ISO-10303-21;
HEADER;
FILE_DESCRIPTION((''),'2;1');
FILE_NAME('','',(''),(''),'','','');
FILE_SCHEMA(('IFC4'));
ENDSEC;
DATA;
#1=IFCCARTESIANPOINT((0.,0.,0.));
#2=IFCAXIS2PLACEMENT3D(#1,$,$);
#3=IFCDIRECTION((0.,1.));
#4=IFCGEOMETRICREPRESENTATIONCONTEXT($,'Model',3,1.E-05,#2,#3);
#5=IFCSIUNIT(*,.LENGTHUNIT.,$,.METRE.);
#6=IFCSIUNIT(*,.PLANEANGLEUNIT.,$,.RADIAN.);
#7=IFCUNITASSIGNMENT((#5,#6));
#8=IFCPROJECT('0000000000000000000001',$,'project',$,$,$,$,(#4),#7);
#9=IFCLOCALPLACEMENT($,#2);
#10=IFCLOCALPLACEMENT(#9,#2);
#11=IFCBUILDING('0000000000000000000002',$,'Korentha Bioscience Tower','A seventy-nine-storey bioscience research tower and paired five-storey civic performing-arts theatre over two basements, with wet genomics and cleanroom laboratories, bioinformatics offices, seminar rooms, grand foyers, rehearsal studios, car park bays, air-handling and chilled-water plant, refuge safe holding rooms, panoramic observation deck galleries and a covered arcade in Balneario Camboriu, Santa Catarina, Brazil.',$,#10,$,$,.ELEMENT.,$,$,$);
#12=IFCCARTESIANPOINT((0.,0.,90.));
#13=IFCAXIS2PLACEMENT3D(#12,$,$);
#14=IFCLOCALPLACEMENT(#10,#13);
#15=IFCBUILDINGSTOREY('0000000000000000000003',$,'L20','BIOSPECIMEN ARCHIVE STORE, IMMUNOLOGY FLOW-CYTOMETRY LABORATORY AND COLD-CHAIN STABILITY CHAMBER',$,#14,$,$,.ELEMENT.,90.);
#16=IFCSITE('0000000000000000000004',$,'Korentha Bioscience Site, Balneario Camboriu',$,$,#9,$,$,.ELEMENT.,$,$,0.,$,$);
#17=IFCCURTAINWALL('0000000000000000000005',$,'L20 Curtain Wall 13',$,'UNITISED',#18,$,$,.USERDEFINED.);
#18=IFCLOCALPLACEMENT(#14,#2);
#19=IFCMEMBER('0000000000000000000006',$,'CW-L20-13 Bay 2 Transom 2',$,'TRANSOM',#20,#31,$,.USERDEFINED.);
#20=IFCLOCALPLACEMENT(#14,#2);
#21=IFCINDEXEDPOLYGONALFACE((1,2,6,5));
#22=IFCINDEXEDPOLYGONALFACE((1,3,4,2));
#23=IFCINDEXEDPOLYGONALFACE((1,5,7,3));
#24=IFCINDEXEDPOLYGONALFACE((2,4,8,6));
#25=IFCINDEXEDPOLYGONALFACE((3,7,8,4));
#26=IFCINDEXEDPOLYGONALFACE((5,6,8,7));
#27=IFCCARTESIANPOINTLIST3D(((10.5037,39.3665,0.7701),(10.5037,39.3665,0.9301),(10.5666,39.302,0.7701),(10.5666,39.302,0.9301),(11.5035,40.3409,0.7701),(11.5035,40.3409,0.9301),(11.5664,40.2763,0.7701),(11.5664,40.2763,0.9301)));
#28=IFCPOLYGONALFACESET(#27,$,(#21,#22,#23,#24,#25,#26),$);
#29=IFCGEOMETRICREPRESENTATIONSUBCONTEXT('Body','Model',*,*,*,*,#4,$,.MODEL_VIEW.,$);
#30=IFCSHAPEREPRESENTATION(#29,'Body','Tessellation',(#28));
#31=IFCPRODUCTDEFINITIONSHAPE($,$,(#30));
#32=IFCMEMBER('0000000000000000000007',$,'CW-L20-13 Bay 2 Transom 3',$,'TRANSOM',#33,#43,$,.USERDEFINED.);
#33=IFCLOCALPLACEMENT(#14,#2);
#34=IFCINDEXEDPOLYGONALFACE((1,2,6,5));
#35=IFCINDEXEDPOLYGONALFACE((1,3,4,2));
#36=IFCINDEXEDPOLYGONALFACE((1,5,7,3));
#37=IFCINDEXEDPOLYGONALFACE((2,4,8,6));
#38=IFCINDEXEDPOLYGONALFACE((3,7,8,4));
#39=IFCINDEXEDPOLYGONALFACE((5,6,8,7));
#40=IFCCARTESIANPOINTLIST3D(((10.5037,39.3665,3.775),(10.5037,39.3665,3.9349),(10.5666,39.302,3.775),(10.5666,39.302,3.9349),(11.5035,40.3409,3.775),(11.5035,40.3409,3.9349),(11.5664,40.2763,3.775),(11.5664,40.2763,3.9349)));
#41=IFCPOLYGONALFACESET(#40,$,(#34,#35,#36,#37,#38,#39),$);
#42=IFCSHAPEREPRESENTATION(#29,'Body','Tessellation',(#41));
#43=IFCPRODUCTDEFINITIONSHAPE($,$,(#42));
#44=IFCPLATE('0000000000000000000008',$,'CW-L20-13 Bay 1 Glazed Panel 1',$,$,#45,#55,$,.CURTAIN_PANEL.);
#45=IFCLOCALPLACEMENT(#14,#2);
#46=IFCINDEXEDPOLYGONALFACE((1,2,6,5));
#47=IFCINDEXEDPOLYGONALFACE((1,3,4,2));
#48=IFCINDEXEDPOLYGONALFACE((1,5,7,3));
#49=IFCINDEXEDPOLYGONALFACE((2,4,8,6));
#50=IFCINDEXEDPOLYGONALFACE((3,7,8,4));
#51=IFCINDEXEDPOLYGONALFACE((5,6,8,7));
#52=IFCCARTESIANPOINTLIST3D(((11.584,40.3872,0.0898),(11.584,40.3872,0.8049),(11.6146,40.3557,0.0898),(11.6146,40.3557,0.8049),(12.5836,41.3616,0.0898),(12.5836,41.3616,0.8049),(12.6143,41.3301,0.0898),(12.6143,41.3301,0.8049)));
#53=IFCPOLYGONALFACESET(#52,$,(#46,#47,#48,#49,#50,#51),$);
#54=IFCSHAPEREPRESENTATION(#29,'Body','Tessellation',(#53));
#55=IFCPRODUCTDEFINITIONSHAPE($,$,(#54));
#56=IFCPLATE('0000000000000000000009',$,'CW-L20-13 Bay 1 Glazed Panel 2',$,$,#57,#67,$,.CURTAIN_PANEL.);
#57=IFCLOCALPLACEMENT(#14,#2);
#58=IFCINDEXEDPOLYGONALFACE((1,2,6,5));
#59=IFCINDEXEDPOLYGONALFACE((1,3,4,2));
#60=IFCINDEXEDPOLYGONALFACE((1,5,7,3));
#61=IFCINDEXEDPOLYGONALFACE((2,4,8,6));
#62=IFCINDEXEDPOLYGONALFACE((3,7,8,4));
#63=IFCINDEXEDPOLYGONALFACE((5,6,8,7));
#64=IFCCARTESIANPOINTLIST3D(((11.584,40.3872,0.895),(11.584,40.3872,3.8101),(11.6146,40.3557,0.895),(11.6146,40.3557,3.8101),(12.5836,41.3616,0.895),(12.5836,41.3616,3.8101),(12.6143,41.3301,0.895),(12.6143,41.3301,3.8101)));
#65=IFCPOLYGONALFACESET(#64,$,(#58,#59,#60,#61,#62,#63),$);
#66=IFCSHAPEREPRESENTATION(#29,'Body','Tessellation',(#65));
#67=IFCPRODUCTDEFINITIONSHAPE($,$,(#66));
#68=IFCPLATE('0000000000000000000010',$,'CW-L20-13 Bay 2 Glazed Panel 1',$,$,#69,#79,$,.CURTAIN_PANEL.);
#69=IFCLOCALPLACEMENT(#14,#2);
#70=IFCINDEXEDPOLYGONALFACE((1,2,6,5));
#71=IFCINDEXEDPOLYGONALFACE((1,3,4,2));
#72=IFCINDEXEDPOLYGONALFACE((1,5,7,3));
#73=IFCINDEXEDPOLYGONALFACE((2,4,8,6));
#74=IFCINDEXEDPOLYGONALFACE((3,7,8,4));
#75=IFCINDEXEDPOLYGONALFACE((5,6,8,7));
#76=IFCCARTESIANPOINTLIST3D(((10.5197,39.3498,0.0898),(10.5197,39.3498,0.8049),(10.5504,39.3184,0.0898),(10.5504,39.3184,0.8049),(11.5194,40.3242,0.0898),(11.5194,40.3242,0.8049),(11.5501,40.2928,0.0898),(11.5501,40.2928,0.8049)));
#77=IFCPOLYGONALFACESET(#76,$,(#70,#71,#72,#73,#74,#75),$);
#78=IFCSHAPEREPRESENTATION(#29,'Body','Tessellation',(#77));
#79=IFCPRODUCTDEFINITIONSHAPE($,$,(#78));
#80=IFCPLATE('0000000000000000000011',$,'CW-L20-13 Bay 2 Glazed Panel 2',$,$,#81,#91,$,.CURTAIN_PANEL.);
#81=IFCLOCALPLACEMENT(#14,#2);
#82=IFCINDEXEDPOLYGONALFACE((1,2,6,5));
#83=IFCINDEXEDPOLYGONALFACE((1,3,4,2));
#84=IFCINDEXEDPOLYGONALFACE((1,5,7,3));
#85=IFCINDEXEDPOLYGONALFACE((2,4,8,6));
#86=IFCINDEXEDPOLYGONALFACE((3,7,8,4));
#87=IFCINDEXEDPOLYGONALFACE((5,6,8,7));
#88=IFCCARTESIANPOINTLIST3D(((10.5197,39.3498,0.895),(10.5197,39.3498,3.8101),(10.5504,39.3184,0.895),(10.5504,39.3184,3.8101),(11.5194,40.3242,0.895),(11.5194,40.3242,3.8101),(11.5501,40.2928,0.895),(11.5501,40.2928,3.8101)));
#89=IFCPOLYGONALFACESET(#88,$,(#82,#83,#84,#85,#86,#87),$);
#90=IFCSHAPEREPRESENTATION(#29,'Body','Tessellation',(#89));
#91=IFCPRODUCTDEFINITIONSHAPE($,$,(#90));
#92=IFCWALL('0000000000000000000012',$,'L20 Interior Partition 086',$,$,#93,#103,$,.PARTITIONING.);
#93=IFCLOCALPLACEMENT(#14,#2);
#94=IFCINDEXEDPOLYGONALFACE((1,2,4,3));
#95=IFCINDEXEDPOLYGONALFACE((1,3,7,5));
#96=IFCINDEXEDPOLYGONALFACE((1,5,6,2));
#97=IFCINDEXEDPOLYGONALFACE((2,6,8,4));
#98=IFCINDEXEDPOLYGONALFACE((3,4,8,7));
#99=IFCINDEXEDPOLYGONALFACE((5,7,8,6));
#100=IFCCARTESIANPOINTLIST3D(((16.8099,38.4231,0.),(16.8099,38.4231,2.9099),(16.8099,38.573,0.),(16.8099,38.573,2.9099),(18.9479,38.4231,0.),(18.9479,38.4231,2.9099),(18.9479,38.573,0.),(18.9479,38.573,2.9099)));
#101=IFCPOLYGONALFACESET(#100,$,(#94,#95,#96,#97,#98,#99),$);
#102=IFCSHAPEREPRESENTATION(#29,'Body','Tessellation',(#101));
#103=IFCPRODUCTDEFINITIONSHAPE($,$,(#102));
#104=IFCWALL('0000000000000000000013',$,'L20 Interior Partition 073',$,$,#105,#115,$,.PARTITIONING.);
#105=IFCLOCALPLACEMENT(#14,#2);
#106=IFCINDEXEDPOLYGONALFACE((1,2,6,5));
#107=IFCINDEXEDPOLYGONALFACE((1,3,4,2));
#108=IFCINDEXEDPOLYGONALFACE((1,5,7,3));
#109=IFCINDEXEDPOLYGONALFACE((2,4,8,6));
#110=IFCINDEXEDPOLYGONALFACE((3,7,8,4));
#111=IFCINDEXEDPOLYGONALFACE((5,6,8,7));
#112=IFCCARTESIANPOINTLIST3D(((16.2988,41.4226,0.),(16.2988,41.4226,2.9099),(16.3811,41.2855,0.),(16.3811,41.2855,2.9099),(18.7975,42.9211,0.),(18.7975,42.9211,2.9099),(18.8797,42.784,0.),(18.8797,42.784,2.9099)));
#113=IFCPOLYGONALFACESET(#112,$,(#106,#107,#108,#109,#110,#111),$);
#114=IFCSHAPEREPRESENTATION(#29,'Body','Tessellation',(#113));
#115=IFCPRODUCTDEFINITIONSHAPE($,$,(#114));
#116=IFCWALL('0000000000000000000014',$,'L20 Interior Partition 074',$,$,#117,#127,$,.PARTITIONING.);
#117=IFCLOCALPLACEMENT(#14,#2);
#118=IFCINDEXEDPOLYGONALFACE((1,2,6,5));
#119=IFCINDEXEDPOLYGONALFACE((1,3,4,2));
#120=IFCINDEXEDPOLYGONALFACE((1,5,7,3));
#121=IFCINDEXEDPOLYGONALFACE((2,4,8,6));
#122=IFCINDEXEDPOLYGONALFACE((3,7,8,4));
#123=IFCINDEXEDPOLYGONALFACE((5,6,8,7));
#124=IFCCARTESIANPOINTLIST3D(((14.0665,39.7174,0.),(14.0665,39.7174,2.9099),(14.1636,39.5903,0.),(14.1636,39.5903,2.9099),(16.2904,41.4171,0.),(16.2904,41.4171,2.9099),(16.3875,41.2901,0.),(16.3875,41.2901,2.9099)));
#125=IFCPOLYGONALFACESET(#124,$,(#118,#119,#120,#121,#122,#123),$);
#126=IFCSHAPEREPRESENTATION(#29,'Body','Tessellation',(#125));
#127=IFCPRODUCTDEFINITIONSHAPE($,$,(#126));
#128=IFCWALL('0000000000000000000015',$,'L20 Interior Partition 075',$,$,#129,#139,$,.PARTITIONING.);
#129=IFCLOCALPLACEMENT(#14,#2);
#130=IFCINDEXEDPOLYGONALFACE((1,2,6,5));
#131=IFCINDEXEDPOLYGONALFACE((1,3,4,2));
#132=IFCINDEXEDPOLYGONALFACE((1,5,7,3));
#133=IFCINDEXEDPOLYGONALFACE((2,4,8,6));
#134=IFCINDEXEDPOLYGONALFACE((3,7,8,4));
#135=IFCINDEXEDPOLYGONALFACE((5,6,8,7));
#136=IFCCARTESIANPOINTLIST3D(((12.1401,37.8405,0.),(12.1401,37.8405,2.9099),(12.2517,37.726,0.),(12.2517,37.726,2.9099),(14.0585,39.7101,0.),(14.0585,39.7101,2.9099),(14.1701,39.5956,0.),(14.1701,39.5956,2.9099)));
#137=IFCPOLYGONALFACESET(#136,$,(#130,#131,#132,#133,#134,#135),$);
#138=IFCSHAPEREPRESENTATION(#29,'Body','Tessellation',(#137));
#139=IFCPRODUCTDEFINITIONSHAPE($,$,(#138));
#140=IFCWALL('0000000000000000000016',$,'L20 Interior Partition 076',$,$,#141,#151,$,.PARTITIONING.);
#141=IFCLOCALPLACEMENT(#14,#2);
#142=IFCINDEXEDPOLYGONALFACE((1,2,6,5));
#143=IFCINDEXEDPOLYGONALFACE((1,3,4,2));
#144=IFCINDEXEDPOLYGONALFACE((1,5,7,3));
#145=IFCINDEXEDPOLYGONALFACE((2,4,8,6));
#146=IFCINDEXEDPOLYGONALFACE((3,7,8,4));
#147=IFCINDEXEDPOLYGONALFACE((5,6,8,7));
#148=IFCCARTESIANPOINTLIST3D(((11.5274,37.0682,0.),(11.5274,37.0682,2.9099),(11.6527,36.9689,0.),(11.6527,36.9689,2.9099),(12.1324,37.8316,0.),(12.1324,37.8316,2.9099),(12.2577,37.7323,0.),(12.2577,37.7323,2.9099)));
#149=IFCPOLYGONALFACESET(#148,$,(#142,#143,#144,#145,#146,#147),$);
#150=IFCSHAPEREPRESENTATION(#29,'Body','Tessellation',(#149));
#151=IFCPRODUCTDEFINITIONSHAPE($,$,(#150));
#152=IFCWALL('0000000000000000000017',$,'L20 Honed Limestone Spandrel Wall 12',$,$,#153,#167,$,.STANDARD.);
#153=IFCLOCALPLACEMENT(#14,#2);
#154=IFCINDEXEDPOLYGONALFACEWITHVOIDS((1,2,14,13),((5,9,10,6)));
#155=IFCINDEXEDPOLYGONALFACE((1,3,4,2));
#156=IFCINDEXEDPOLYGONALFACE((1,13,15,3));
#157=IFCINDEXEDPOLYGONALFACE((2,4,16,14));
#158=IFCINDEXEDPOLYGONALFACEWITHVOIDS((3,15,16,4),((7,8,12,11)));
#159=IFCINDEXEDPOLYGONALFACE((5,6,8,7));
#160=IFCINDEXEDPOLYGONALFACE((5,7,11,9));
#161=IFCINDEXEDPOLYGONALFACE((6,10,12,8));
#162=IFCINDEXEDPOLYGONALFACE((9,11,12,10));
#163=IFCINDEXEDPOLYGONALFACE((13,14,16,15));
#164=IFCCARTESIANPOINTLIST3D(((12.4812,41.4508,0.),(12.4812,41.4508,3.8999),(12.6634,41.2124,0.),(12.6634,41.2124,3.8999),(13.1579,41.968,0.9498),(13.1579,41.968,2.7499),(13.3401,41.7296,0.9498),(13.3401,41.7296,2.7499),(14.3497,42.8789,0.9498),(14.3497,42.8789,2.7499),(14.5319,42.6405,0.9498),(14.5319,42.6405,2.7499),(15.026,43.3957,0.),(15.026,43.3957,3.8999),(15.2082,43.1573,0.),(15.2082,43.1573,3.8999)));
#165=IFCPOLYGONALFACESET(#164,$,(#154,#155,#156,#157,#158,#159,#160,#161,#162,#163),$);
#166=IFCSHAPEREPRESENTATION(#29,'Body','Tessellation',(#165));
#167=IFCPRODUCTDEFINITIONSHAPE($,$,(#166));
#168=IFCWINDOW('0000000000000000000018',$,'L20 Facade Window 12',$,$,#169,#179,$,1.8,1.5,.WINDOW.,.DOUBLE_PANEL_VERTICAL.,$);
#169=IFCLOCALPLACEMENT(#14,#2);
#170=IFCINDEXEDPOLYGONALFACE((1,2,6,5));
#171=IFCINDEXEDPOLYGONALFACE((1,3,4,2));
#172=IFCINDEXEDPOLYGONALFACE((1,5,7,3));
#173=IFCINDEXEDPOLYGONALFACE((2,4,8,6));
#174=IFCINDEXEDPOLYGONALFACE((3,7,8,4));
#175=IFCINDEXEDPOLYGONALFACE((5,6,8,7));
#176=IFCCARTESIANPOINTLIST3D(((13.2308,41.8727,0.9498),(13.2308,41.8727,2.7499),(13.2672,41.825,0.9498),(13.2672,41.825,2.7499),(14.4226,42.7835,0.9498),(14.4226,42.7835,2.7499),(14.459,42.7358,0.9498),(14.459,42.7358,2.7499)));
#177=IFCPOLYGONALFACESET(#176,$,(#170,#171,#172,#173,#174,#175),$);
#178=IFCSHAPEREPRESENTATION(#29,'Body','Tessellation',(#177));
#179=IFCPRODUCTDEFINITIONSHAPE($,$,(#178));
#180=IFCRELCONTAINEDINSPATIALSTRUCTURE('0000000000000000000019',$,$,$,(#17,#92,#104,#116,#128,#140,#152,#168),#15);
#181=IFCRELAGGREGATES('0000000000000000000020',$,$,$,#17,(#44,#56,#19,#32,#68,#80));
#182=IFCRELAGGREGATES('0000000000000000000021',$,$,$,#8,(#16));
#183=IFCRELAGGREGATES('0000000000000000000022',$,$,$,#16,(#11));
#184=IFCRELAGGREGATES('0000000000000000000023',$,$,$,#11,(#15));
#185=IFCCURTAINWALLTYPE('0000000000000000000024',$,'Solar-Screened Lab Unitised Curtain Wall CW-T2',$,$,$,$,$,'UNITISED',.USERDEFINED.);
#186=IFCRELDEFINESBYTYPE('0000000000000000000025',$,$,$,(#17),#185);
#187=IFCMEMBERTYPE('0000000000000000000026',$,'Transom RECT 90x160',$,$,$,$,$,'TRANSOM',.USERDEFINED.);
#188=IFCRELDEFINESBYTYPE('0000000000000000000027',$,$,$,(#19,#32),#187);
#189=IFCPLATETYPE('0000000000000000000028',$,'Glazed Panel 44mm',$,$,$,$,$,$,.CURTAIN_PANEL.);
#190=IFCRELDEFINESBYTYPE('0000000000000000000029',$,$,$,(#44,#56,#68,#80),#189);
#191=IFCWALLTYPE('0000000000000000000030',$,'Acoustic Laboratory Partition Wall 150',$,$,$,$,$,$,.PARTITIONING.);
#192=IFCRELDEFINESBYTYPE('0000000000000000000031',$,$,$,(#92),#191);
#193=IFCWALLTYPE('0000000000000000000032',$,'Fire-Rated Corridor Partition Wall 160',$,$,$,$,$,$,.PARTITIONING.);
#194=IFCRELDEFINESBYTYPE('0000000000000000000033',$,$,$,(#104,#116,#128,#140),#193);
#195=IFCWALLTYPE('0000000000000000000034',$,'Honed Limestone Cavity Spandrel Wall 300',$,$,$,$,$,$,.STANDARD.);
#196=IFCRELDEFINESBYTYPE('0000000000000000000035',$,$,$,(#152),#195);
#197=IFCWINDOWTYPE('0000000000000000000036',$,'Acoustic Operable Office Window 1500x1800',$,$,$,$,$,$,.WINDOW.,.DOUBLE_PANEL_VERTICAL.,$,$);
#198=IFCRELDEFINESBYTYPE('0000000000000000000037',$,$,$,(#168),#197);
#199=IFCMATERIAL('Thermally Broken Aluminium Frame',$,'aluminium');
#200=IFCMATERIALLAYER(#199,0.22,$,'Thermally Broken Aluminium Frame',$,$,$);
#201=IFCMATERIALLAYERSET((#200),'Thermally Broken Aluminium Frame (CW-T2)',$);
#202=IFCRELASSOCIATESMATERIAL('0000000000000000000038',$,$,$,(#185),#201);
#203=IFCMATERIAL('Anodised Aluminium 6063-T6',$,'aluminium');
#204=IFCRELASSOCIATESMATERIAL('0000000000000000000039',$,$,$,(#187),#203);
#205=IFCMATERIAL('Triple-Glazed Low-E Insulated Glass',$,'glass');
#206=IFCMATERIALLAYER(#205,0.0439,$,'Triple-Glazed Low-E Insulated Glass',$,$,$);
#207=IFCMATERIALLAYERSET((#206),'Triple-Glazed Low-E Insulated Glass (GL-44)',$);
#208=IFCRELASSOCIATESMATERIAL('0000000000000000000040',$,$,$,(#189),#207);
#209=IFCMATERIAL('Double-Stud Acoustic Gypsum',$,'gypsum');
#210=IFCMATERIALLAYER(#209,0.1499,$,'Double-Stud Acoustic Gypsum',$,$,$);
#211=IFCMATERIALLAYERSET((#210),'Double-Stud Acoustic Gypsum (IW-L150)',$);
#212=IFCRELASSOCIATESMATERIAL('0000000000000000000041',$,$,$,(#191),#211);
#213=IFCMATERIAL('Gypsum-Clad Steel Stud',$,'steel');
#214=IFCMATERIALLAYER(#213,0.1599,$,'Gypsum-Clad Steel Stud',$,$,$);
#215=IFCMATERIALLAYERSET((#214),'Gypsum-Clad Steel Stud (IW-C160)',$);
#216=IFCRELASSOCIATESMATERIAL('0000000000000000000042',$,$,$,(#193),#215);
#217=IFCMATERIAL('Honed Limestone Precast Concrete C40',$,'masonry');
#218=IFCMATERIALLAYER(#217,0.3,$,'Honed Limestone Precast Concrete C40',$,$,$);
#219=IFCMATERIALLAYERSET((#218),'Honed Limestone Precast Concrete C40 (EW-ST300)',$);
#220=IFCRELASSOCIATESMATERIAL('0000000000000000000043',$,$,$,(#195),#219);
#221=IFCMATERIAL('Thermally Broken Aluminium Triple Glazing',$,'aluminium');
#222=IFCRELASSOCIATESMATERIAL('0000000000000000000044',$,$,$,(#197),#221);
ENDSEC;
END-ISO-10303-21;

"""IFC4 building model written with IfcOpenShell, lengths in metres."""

from ifc_helpers import new_model, si_unit, direction, frame, frame_2d, origin, origin_2d, place, context, subcontext, project, spatial, rectangle, extrude, material, layer, layer_set, material_profile, profile_set, type_object, element, fill, aggregate, save


model = new_model("IFC4")

# Units and contexts
model_context = context("Model", 3, precision=1e-05, world=origin(), true_north=direction((0.0, 1.0)))
body_context = subcontext(model_context, "Body", "Model", "MODEL_VIEW")
ifc_project = project(units=[si_unit("LENGTHUNIT", "METRE"), si_unit("PLANEANGLEUNIT", "RADIAN")], contexts=[model_context])

# Site, building, storey
site_placement = place(None, origin())
site = spatial("IfcSite", under=ifc_project, at=site_placement, Name="Korentha Bioscience Site, Balneario Camboriu", CompositionType="ELEMENT", RefElevation=0.0)
building_placement = place(site_placement, origin())
building = spatial("IfcBuilding", under=site, at=building_placement, Name="Korentha Bioscience Tower", Description="A seventy-nine-storey bioscience research tower and paired five-storey civic performing-arts theatre over two basements, with wet genomics and cleanroom laboratories, bioinformatics offices, seminar rooms, grand foyers, rehearsal studios, car park bays, air-handling and chilled-water plant, refuge safe holding rooms, panoramic observation deck galleries and a covered arcade in Balneario Camboriu, Santa Catarina, Brazil.", CompositionType="ELEMENT")
storey_placement = place(building_placement, frame((0.0, 0.0, 90.0)))
storey = spatial("IfcBuildingStorey", under=building, at=storey_placement, Name="L20", Description="BIOSPECIMEN ARCHIVE STORE, IMMUNOLOGY FLOW-CYTOMETRY LABORATORY AND COLD-CHAIN STABILITY CHAMBER", CompositionType="ELEMENT", Elevation=90.0)

# Curtain wall
ifc_material_1 = material(Name="Thermally Broken Aluminium Frame", Category="aluminium")
ifc_layer_1 = layer(ifc_material_1, 0.22, Name="Thermally Broken Aluminium Frame")
ifc_layer_set_1 = layer_set([ifc_layer_1], Name="Thermally Broken Aluminium Frame (CW-T2)")
curtain_wall_type = type_object("IfcCurtainWallType", Name="Solar-Screened Lab Unitised Curtain Wall CW-T2", ElementType="UNITISED", PredefinedType="USERDEFINED", material=ifc_layer_set_1)
curtain_wall_placement = place(storey_placement, origin())
curtain_wall = element("IfcCurtainWall", 1, at=curtain_wall_placement, inside=storey, type_object=curtain_wall_type, Name="L20 Curtain Wall 13", ObjectType="UNITISED", PredefinedType="USERDEFINED")
ifc_material_2 = material(Name="Anodised Aluminium 6063-T6", Category="aluminium")

# Members
ifc_material_profile_1 = material_profile(ifc_material_2, rectangle(XDim=0.0901, YDim=0.1599, at=origin_2d()), Name="Anodised Aluminium 6063-T6")
ifc_profile_set_1 = profile_set([ifc_material_profile_1], Name="Anodised Aluminium 6063-T6 (CW-TRN)")
member_type_1 = type_object("IfcMemberType", Name="Transom RECT 90x160", ElementType="TRANSOM", PredefinedType="USERDEFINED", material=ifc_profile_set_1)
member_1_placement = place(storey_placement, frame((11.5349, 40.3086, 0.8501), z_axis=(-0.716142, -0.697954, 0.0), x_axis=(0.697954, -0.716142, 0.0)))
member_1 = element("IfcMember", 2, at=member_1_placement, type_object=member_type_1, Name="CW-L20-13 Bay 2 Transom 2", ObjectType="TRANSOM", PredefinedType="USERDEFINED", context=body_context, shape_type="SweptSolid", body=[
    extrude(rectangle(XDim=0.0901, YDim=0.1599, at=origin_2d()), origin(), (0.0, 0.0, 1.0), 1.396),
])
member_2_placement = place(storey_placement, frame((11.5349, 40.3086, 3.855), z_axis=(-0.716142, -0.697954, 0.0), x_axis=(0.697954, -0.716142, 0.0)))
member_2 = element("IfcMember", 3, at=member_2_placement, type_object=member_type_1, Name="CW-L20-13 Bay 2 Transom 3", ObjectType="TRANSOM", PredefinedType="USERDEFINED", context=body_context, shape_type="SweptSolid", body=[
    extrude(rectangle(XDim=0.0901, YDim=0.1599, at=origin_2d()), origin(), (0.0, 0.0, 1.0), 1.396),
])

# Plates
ifc_material_3 = material(Name="Triple-Glazed Low-E Insulated Glass", Category="glass")
ifc_layer_2 = layer(ifc_material_3, 0.0439, Name="Triple-Glazed Low-E Insulated Glass")
ifc_layer_set_2 = layer_set([ifc_layer_2], Name="Triple-Glazed Low-E Insulated Glass (GL-44)")
plate_type = type_object("IfcPlateType", Name="Glazed Panel 44mm", PredefinedType="CURTAIN_PANEL", material=ifc_layer_set_2)
plate_1_placement = place(storey_placement, frame((12.0991, 40.8586, 0.0898), z_axis=(0.0, 0.0, 1.0), x_axis=(-0.716096, -0.698002, 0.0)))
plate_1 = element("IfcPlate", 4, at=plate_1_placement, type_object=plate_type, Name="CW-L20-13 Bay 1 Glazed Panel 1", PredefinedType="CURTAIN_PANEL", context=body_context, shape_type="SweptSolid", body=[
    extrude(rectangle(XDim=1.396, YDim=0.0439, at=origin_2d()), origin(), (0.0, 0.0, 1.0), 0.7151),
])
plate_2_placement = place(storey_placement, frame((12.0991, 40.8586, 0.895), z_axis=(0.0, 0.0, 1.0), x_axis=(-0.716096, -0.698002, 0.0)))
plate_2 = element("IfcPlate", 5, at=plate_2_placement, type_object=plate_type, Name="CW-L20-13 Bay 1 Glazed Panel 2", PredefinedType="CURTAIN_PANEL", context=body_context, shape_type="SweptSolid", body=[
    extrude(rectangle(XDim=1.396, YDim=0.0439, at=origin_2d()), origin(), (0.0, 0.0, 1.0), 2.915),
])
plate_3_placement = place(storey_placement, frame((11.0349, 39.8213, 0.0898), z_axis=(0.0, 0.0, 1.0), x_axis=(-0.716096, -0.698002, 0.0)))
plate_3 = element("IfcPlate", 6, at=plate_3_placement, type_object=plate_type, Name="CW-L20-13 Bay 2 Glazed Panel 1", PredefinedType="CURTAIN_PANEL", context=body_context, shape_type="SweptSolid", body=[
    extrude(rectangle(XDim=1.396, YDim=0.0439, at=origin_2d()), origin(), (0.0, 0.0, 1.0), 0.7151),
])
plate_4_placement = place(storey_placement, frame((11.0349, 39.8213, 0.895), z_axis=(0.0, 0.0, 1.0), x_axis=(-0.716096, -0.698002, 0.0)))
plate_4 = element("IfcPlate", 7, at=plate_4_placement, type_object=plate_type, Name="CW-L20-13 Bay 2 Glazed Panel 2", PredefinedType="CURTAIN_PANEL", context=body_context, shape_type="SweptSolid", body=[
    extrude(rectangle(XDim=1.396, YDim=0.0439, at=origin_2d()), origin(), (0.0, 0.0, 1.0), 2.915),
])
aggregate(curtain_wall, [plate_1, plate_2, member_1, member_2, plate_3, plate_4])

# Walls
ifc_material_4 = material(Name="Double-Stud Acoustic Gypsum", Category="gypsum")
ifc_layer_3 = layer(ifc_material_4, 0.1499, Name="Double-Stud Acoustic Gypsum")
ifc_layer_set_3 = layer_set([ifc_layer_3], Name="Double-Stud Acoustic Gypsum (IW-L150)")
wall_type_1 = type_object("IfcWallType", Name="Acoustic Laboratory Partition Wall 150", PredefinedType="PARTITIONING", material=ifc_layer_set_3)
wall_1_placement = place(storey_placement, frame((16.8101, 38.498, 0.0), z_axis=(0.0, 0.0, 1.0), x_axis=(1.0, 0.0, 0.0)))
element("IfcWall", 8, at=wall_1_placement, inside=storey, type_object=wall_type_1, Name="L20 Interior Partition 086", PredefinedType="PARTITIONING", context=body_context, shape_type="SweptSolid", body=[
    extrude(rectangle(XDim=2.1379, YDim=0.1499, at=frame_2d((1.0688, 0.0))), origin(), (0.0, 0.0, 1.0), 2.9099),
])
ifc_material_5 = material(Name="Gypsum-Clad Steel Stud", Category="steel")
ifc_layer_4 = layer(ifc_material_5, 0.1599, Name="Gypsum-Clad Steel Stud")
ifc_layer_set_4 = layer_set([ifc_layer_4], Name="Gypsum-Clad Steel Stud (IW-C160)")
wall_type_2 = type_object("IfcWallType", Name="Fire-Rated Corridor Partition Wall 160", PredefinedType="PARTITIONING", material=ifc_layer_set_4)
wall_2_placement = place(storey_placement, frame((18.8386, 42.8525, 0.0), z_axis=(0.0, 0.0, 1.0), x_axis=(-0.857604, -0.514311, 0.0)))
element("IfcWall", 9, at=wall_2_placement, inside=storey, type_object=wall_type_2, Name="L20 Interior Partition 073", PredefinedType="PARTITIONING", context=body_context, shape_type="SweptSolid", body=[
    extrude(rectangle(XDim=2.9136, YDim=0.1599, at=frame_2d((1.4568, 0.0))), origin(), (0.0, 0.0, 1.0), 2.9099),
])
wall_3_placement = place(storey_placement, frame((16.3389, 41.3535, 0.0), z_axis=(0.0, 0.0, 1.0), x_axis=(-0.794514, -0.607246, 0.0)))
element("IfcWall", 10, at=wall_3_placement, inside=storey, type_object=wall_type_2, Name="L20 Interior Partition 074", PredefinedType="PARTITIONING", context=body_context, shape_type="SweptSolid", body=[
    extrude(rectangle(XDim=2.7991, YDim=0.1599, at=frame_2d((1.3994, 0.0))), origin(), (0.0, 0.0, 1.0), 2.9099),
])
wall_4_placement = place(storey_placement, frame((14.1143, 39.6528, 0.0), z_axis=(0.0, 0.0, 1.0), x_axis=(-0.716162, -0.697934, 0.0)))
element("IfcWall", 11, at=wall_4_placement, inside=storey, type_object=wall_type_2, Name="L20 Interior Partition 075", PredefinedType="PARTITIONING", context=body_context, shape_type="SweptSolid", body=[
    extrude(rectangle(XDim=2.6787, YDim=0.1599, at=frame_2d((1.3394, 0.0))), origin(), (0.0, 0.0, 1.0), 2.9099),
])
wall_5_placement = place(storey_placement, frame((12.1951, 37.782, 0.0), z_axis=(0.0, 0.0, 1.0), x_axis=(-0.621082, -0.783746, 0.0)))
element("IfcWall", 12, at=wall_5_placement, inside=storey, type_object=wall_type_2, Name="L20 Interior Partition 076", PredefinedType="PARTITIONING", context=body_context, shape_type="SweptSolid", body=[
    extrude(rectangle(XDim=0.9741, YDim=0.1599, at=frame_2d((0.4871, 0.0))), origin(), (0.0, 0.0, 1.0), 2.9099),
])

# Shared definitions
ifc_material_6 = material(Name="Honed Limestone Precast Concrete C40", Category="masonry")
ifc_layer_5 = layer(ifc_material_6, 0.3, Name="Honed Limestone Precast Concrete C40")
ifc_layer_set_5 = layer_set([ifc_layer_5], Name="Honed Limestone Precast Concrete C40 (EW-ST300)")
wall_type_3 = type_object("IfcWallType", Name="Honed Limestone Cavity Spandrel Wall 300", PredefinedType="STANDARD", material=ifc_layer_set_5)

# Wall, opening, window
wall_6_placement = place(storey_placement, frame((15.1172, 43.2766, 0.0), z_axis=(0.0, 0.0, 1.0), x_axis=(-0.794524, -0.607232, 0.0)))
wall_6 = element("IfcWall", 13, at=wall_6_placement, inside=storey, type_object=wall_type_3, Name="L20 Honed Limestone Spandrel Wall 12", PredefinedType="STANDARD", context=body_context, shape_type="SweptSolid", body=[
    extrude(rectangle(XDim=3.2029, YDim=0.3, at=frame_2d((1.6016, 0.0))), origin(), (0.0, 0.0, 1.0), 3.8999),
])
opening_1_placement = place(wall_6_placement, frame((0.8513, 0.0, 0.95)))
opening_1 = element("IfcOpeningElement", 14, at=opening_1_placement, cuts=wall_6, PredefinedType="OPENING", context=body_context, shape_type="SweptSolid", body=[
    extrude(rectangle(XDim=1.5, YDim=1.8, at=frame_2d((0.75, 0.8999))), frame((0.0, 0.165, 0.0), z_axis=(0.0, -1.0, 0.0), x_axis=(1.0, 0.0, 0.0)), (0.0, 0.0, 1.0), 0.3298),
])
ifc_material_7 = material(Name="Thermally Broken Aluminium Triple Glazing", Category="aluminium")
window_type = type_object("IfcWindowType", Name="Acoustic Operable Office Window 1500x1800", PartitioningType="DOUBLE_PANEL_VERTICAL", PredefinedType="WINDOW", material=ifc_material_7)
window_placement = place(opening_1_placement, origin())
window = element("IfcWindow", 15, at=window_placement, inside=storey, type_object=window_type, Name="L20 Facade Window 12", OverallHeight=1.8, OverallWidth=1.5, PartitioningType="DOUBLE_PANEL_VERTICAL", PredefinedType="WINDOW", context=body_context, shape_type="SweptSolid", body=[
    extrude(rectangle(XDim=1.5, YDim=1.8, at=frame_2d((0.75, 0.8999))), frame((0.0, 0.03, 0.0), z_axis=(0.0, -1.0, 0.0), x_axis=(1.0, 0.0, 0.0)), (0.0, 0.0, 1.0), 0.0601),
])
fill(opening_1, window)

save(model, "model.ifc")
